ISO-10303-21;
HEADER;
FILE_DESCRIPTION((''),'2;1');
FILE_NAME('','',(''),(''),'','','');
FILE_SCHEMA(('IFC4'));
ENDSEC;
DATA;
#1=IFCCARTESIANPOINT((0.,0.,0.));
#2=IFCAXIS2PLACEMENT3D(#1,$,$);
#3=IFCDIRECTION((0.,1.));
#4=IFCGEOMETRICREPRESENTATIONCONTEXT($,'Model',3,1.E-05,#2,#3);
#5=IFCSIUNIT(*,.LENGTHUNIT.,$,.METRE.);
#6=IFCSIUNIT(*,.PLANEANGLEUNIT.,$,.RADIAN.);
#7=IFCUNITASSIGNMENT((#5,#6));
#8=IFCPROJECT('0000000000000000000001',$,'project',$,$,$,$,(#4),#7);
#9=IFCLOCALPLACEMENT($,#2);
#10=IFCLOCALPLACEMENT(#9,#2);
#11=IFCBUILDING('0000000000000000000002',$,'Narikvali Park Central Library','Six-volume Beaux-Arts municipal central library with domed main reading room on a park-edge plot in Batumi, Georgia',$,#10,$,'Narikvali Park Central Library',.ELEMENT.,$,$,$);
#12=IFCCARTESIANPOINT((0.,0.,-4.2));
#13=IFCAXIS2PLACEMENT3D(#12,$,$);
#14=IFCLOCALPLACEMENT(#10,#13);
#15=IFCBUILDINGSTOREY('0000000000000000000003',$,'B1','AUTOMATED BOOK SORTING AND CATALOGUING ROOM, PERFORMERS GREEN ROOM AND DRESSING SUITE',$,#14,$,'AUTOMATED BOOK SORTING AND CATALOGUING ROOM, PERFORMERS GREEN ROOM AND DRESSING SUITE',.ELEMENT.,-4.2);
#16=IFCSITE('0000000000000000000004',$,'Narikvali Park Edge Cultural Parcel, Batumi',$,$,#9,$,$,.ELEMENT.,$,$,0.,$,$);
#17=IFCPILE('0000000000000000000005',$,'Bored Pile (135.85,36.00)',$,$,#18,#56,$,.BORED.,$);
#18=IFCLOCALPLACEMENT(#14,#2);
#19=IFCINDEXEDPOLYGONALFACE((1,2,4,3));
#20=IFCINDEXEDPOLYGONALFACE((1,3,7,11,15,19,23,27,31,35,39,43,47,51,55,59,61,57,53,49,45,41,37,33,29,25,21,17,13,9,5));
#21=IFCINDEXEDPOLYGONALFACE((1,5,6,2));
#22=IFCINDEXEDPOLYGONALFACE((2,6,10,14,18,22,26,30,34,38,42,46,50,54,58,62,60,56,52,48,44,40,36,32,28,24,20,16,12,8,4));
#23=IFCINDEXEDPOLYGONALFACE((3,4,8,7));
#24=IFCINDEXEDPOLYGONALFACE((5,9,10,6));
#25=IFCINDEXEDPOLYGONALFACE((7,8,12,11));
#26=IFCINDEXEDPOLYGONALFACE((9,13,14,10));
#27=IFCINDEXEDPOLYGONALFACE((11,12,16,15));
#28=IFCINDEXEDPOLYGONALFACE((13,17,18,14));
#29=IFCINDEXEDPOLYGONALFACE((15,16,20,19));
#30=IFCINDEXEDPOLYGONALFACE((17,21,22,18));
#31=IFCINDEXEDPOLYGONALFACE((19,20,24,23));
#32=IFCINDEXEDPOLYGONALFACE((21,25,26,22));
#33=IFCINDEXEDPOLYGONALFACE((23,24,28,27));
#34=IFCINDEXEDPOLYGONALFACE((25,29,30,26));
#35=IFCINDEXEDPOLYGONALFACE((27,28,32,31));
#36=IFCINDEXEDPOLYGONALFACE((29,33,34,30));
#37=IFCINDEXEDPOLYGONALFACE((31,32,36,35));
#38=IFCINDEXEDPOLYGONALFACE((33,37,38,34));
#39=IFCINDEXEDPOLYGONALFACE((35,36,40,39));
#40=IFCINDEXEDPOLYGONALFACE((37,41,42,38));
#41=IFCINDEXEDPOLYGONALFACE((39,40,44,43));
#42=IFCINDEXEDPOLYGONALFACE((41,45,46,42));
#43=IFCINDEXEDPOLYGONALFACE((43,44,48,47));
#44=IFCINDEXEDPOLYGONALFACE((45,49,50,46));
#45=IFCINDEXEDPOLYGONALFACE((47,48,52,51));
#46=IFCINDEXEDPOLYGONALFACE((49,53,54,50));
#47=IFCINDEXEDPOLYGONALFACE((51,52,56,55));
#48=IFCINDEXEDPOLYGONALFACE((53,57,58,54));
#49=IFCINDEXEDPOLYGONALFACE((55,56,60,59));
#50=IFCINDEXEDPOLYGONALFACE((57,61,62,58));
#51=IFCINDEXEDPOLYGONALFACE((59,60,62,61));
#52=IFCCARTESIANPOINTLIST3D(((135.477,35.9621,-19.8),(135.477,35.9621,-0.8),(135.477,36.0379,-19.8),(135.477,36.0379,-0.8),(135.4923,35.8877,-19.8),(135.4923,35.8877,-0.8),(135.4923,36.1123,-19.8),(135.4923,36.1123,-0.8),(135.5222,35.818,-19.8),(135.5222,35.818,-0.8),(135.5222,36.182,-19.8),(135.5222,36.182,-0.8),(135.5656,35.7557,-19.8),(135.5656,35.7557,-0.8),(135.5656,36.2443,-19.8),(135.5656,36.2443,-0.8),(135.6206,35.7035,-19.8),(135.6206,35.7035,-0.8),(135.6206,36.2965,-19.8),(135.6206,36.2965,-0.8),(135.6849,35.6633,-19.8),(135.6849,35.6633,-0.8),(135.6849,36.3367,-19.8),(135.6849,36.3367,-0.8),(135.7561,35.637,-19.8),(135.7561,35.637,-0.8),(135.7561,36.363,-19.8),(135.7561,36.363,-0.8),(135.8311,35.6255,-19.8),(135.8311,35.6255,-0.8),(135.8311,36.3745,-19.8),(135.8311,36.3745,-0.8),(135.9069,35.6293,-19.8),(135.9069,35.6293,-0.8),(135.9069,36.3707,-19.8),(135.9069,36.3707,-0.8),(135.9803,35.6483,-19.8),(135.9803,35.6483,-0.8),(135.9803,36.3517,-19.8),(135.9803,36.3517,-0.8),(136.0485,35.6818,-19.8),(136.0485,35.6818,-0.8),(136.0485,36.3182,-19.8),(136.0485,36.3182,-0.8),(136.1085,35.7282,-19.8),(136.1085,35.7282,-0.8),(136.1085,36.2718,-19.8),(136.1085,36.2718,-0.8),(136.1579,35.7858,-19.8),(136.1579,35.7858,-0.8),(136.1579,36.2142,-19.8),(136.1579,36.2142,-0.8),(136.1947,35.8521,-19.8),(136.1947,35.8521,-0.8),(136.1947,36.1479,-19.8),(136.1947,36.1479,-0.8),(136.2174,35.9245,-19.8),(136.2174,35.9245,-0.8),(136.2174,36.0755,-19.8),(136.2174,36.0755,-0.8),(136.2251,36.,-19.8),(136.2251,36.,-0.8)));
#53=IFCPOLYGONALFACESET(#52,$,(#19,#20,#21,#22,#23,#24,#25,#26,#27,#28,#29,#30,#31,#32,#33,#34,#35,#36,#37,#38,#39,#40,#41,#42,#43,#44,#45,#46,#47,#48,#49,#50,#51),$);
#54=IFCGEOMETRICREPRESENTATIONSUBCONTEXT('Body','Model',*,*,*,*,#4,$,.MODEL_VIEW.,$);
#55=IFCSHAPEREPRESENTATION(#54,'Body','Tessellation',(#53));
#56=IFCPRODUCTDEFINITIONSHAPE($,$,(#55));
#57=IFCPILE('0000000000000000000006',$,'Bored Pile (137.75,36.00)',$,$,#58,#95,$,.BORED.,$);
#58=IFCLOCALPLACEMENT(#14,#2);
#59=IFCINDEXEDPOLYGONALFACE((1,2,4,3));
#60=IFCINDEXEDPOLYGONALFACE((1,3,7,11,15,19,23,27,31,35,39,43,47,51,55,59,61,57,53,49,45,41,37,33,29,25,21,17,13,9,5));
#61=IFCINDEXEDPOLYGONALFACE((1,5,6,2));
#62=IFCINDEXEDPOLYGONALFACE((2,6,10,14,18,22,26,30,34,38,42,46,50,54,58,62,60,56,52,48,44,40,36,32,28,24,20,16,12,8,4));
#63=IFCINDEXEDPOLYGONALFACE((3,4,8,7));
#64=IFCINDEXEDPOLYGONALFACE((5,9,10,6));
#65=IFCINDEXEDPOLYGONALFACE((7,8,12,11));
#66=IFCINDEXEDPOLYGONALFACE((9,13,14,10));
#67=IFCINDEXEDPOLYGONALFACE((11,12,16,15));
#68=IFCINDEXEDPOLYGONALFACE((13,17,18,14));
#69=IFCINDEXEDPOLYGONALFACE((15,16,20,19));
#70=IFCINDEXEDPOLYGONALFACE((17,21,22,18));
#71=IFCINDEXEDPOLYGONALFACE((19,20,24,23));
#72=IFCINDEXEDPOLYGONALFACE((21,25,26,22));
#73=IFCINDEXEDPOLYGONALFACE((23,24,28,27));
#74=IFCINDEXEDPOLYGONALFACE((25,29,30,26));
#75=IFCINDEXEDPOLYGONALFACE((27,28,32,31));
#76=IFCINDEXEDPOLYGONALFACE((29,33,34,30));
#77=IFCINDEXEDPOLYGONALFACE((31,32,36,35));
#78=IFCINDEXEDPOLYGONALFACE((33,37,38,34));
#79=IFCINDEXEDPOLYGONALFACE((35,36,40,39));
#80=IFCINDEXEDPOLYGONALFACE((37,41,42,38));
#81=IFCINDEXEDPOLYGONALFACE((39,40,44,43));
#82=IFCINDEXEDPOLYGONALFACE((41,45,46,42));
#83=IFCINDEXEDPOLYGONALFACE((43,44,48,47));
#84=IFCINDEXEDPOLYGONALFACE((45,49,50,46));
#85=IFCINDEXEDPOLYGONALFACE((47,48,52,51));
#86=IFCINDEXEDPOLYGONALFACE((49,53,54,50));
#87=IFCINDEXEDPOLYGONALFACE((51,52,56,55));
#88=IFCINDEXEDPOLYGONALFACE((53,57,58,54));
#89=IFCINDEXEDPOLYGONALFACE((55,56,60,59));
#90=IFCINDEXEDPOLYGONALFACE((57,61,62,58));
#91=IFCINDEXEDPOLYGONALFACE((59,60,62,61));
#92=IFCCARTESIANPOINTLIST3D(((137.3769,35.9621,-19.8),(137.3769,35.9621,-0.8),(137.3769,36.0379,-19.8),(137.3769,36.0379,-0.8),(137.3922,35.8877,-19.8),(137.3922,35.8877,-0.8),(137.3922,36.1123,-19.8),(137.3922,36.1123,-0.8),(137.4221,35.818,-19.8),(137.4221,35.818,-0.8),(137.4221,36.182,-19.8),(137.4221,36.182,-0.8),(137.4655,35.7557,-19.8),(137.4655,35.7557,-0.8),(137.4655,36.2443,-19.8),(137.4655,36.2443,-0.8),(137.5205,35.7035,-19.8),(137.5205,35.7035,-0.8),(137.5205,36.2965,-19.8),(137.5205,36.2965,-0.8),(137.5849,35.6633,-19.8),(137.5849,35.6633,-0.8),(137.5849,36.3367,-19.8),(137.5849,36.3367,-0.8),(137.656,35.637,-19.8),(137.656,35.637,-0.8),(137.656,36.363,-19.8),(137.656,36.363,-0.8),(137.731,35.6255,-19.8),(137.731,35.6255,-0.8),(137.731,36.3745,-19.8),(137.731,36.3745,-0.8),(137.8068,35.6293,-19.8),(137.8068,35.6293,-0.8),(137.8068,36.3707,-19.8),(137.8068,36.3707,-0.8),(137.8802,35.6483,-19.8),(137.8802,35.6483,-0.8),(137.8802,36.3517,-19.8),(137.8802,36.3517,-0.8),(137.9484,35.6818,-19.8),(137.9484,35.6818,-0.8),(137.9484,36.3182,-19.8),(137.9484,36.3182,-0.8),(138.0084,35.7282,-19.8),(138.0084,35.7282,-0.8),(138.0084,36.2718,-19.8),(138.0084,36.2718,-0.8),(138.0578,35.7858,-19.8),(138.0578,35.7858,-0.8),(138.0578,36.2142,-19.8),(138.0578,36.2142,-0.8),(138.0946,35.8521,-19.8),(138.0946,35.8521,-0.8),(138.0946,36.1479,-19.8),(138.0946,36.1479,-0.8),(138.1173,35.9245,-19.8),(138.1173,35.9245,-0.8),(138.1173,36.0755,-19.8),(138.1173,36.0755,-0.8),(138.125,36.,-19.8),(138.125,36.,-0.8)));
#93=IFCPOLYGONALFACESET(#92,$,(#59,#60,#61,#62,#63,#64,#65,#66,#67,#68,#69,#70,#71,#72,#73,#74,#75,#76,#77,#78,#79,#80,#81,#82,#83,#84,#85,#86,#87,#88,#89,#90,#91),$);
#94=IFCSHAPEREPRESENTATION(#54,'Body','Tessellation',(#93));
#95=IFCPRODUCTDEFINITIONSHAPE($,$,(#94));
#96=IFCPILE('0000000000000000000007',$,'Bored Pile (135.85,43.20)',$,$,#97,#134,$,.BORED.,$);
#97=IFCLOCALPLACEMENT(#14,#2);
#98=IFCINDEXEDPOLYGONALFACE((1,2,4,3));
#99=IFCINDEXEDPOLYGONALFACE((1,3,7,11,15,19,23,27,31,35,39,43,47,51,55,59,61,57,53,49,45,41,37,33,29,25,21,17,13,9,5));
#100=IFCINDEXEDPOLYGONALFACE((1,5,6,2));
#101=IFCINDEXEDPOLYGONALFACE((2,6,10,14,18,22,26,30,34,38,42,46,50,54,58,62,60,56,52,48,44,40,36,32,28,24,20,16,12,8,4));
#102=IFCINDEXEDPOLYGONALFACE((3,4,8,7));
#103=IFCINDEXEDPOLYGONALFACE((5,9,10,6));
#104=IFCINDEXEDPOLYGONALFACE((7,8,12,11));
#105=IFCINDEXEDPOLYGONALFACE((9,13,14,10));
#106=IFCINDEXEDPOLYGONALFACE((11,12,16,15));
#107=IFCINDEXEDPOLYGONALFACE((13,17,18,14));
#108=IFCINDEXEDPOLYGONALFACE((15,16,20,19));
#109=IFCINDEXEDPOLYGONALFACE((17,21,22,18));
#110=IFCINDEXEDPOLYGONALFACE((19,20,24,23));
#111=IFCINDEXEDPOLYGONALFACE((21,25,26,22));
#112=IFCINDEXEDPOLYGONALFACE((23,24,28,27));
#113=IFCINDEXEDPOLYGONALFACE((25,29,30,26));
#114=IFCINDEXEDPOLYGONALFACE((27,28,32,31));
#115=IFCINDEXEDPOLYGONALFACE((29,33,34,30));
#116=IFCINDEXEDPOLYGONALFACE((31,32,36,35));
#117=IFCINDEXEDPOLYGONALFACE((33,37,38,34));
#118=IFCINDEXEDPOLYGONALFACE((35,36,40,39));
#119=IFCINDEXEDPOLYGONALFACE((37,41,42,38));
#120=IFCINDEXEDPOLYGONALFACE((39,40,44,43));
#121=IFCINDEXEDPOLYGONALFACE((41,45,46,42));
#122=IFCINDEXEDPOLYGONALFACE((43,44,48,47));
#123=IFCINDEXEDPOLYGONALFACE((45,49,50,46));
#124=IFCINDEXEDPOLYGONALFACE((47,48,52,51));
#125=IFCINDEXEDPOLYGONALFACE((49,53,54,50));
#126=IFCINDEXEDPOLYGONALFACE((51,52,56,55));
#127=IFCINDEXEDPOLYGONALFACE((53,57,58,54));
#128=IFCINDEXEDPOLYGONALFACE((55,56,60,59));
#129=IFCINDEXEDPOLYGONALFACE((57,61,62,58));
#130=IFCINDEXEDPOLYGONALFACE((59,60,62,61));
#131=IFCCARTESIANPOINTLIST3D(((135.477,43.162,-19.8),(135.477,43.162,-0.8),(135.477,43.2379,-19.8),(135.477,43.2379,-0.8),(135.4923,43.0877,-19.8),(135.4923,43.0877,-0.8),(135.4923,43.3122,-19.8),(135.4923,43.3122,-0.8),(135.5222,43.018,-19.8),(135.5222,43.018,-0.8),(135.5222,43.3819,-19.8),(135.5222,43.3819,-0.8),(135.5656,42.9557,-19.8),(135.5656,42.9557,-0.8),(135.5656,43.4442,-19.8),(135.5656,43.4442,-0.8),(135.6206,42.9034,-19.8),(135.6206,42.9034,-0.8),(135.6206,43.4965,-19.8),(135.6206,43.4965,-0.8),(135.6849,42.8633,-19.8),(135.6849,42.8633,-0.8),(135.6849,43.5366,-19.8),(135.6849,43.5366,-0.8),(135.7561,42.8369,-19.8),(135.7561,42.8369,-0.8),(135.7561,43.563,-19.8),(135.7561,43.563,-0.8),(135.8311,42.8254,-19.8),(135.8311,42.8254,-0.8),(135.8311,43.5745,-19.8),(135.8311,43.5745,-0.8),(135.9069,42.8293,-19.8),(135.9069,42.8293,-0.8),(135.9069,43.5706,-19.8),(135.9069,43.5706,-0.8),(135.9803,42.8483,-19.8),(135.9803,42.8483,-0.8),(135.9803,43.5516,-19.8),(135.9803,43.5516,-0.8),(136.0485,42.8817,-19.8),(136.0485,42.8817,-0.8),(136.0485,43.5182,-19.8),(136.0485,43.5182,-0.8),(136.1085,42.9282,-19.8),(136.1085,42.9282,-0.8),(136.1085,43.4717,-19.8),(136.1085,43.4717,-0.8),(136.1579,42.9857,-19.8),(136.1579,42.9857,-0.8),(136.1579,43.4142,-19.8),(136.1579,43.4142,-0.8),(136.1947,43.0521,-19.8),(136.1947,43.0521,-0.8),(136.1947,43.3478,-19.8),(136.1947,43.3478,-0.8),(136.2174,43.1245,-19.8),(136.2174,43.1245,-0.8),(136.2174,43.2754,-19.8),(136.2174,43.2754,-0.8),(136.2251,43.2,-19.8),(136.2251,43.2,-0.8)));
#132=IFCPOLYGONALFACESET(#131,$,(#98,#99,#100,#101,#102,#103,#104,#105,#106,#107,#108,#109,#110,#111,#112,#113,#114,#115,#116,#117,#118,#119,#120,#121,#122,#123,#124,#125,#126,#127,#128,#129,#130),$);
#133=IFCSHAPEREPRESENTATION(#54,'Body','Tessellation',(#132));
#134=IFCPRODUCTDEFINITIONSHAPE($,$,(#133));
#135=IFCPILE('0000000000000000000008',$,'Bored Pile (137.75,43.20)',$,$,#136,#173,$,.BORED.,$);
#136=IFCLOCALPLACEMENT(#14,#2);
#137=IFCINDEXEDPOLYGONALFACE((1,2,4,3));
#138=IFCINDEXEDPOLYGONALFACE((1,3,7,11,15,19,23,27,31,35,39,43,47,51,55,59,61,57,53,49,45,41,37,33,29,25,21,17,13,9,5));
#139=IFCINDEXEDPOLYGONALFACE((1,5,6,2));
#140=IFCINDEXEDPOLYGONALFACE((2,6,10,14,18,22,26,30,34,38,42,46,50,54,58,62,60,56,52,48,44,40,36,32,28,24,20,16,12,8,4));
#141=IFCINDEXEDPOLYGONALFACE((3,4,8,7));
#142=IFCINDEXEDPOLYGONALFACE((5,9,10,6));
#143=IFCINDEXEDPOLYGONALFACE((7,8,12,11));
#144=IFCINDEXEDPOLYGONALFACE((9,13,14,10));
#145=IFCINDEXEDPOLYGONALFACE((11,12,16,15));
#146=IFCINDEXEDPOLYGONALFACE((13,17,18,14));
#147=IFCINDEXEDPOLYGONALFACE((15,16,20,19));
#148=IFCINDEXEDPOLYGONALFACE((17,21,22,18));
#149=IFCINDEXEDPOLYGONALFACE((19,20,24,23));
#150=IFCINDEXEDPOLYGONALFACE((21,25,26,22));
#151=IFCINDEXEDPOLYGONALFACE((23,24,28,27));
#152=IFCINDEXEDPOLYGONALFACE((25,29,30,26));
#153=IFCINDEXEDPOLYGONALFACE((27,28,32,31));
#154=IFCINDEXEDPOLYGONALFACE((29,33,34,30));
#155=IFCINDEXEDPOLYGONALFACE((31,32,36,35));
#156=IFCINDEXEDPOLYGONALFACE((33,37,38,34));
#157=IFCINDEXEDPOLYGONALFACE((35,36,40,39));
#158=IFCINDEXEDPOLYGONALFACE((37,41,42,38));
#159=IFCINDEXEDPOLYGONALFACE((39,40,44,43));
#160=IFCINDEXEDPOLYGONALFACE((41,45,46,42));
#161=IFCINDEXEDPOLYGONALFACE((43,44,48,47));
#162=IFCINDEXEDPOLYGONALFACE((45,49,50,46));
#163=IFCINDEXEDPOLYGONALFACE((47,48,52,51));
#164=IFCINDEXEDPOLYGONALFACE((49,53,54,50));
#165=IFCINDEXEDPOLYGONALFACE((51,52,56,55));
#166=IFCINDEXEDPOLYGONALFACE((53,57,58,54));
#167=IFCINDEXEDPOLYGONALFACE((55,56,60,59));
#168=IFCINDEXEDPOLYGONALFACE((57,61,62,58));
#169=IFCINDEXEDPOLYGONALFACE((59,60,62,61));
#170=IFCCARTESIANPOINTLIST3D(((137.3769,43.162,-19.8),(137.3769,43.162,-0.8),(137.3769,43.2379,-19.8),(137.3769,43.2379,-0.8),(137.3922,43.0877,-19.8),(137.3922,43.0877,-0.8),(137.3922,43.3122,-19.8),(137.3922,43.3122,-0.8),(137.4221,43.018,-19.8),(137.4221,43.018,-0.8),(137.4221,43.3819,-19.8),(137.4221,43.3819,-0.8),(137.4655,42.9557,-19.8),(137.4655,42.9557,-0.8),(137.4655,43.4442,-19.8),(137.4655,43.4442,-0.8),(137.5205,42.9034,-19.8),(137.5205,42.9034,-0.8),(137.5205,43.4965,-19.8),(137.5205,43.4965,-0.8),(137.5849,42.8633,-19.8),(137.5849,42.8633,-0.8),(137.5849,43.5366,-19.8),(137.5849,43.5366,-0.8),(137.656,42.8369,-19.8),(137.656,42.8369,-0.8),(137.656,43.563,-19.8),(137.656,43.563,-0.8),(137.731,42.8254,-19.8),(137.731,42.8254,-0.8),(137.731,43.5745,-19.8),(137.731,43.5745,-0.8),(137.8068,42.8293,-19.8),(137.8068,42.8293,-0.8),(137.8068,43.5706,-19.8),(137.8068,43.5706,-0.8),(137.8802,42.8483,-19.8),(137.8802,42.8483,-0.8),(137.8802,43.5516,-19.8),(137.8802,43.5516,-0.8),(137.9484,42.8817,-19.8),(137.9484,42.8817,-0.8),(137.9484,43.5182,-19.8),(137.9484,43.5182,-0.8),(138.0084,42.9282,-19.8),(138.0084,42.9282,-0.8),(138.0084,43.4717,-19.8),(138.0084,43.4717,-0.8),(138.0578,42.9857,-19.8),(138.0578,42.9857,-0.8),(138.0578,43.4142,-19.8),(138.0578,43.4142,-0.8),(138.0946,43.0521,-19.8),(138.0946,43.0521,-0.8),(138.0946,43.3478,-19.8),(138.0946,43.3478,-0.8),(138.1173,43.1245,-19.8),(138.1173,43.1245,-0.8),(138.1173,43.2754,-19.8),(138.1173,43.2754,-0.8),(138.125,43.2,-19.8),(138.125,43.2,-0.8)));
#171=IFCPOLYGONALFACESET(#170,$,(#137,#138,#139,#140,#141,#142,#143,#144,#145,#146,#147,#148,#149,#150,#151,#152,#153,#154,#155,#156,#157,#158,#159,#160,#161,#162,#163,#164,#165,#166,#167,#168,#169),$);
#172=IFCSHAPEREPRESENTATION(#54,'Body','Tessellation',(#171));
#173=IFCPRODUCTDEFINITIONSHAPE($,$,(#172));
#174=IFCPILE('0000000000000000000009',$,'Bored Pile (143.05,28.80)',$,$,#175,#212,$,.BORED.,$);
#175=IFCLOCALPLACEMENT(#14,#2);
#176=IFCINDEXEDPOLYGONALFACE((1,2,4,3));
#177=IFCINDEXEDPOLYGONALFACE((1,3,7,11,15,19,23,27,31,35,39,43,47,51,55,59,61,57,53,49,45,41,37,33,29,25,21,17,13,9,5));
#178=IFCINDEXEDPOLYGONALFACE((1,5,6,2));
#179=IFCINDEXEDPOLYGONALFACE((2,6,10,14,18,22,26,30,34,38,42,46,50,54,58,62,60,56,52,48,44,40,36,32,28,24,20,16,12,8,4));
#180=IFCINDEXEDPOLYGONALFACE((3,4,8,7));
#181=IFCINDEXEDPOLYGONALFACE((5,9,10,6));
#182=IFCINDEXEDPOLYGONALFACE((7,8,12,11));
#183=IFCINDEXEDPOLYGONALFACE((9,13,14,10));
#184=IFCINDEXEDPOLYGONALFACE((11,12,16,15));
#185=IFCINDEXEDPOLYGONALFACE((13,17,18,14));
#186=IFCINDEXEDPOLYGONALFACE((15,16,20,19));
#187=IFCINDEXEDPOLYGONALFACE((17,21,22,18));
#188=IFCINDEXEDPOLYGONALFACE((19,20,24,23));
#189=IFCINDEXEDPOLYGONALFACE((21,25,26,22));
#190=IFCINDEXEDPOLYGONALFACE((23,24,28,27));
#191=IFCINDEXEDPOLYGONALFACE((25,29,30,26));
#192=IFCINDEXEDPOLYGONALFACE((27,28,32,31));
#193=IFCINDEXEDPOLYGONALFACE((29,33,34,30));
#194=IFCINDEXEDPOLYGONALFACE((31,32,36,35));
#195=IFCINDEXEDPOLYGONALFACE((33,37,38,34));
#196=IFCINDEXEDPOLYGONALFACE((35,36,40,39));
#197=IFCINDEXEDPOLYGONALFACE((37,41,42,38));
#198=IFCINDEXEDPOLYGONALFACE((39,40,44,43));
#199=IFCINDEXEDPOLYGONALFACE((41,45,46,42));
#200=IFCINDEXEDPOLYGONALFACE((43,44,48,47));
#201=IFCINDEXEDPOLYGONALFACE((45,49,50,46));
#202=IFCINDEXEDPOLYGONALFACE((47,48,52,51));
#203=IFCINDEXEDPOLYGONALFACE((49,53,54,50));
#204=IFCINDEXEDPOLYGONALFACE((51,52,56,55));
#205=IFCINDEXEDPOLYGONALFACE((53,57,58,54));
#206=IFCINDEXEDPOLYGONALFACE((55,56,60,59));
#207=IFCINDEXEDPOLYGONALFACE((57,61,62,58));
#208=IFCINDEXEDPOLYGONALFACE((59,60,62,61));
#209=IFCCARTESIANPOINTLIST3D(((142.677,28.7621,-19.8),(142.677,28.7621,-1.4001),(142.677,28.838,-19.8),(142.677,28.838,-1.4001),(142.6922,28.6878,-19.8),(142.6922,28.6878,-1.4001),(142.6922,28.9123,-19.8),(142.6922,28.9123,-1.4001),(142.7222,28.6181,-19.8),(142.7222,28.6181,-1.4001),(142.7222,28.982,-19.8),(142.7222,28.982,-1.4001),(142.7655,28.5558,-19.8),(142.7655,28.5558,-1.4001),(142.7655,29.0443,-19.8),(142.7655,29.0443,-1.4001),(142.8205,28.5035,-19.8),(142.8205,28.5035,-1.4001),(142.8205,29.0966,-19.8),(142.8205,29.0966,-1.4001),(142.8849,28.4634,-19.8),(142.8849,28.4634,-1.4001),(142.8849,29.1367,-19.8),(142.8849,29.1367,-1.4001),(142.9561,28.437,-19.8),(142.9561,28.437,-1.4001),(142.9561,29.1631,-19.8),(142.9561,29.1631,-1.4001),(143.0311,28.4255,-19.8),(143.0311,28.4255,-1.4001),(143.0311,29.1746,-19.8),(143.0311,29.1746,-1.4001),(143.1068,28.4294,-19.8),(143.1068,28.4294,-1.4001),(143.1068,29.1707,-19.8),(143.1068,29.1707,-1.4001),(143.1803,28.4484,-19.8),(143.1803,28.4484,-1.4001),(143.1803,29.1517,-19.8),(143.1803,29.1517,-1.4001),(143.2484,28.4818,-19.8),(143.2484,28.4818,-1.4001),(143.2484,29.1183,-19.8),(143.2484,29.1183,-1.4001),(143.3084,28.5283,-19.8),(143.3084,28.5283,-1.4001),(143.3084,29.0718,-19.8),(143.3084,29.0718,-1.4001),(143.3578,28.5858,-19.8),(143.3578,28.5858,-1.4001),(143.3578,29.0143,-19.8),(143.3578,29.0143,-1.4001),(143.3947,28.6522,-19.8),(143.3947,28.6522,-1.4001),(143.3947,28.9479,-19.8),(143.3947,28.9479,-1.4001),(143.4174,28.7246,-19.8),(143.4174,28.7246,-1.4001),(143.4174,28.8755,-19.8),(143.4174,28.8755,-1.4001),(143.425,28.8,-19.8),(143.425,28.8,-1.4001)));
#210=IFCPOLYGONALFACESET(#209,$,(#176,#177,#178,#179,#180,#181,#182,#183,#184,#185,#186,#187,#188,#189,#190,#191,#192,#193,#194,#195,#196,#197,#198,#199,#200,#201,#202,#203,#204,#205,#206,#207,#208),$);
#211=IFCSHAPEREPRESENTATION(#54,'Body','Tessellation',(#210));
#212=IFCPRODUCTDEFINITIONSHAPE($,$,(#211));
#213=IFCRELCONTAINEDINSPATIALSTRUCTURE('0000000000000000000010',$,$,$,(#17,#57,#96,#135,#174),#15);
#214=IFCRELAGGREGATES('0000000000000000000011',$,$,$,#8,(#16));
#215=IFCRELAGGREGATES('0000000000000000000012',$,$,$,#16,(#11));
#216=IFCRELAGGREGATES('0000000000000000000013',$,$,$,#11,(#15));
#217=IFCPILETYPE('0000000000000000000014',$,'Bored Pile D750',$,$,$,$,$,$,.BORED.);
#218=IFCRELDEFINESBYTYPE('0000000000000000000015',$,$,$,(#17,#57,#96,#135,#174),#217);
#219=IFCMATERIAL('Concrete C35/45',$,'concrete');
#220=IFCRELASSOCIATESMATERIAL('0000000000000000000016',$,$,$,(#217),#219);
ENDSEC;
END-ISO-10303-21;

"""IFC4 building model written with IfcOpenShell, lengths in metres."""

from ifc_helpers import new_model, si_unit, direction, frame, origin, origin_2d, place, context, subcontext, project, spatial, circle, extrude, material, material_profile, profile_set, type_object, element, save


model = new_model("IFC4")

# Units and contexts
model_context = context("Model", 3, precision=1e-05, world=origin(), true_north=direction((0.0, 1.0)))
body_context = subcontext(model_context, "Body", "Model", "MODEL_VIEW")
ifc_project = project(units=[si_unit("LENGTHUNIT", "METRE"), si_unit("PLANEANGLEUNIT", "RADIAN")], contexts=[model_context])

# Site, building, storey
site_placement = place(None, origin())
site = spatial("IfcSite", under=ifc_project, at=site_placement, Name="Narikvali Park Edge Cultural Parcel, Batumi", CompositionType="ELEMENT", RefElevation=0.0)
building_placement = place(site_placement, origin())
building = spatial("IfcBuilding", under=site, at=building_placement, Name="Narikvali Park Central Library", Description="Six-volume Beaux-Arts municipal central library with domed main reading room on a park-edge plot in Batumi, Georgia", LongName="Narikvali Park Central Library", CompositionType="ELEMENT")
storey_placement = place(building_placement, frame((0.0, 0.0, -4.2)))
storey = spatial("IfcBuildingStorey", under=building, at=storey_placement, Name="B1", Description="AUTOMATED BOOK SORTING AND CATALOGUING ROOM, PERFORMERS GREEN ROOM AND DRESSING SUITE", LongName="AUTOMATED BOOK SORTING AND CATALOGUING ROOM, PERFORMERS GREEN ROOM AND DRESSING SUITE", CompositionType="ELEMENT", Elevation=-4.2)

# Piles
ifc_material_1 = material(Name="Concrete C35/45", Category="concrete")
ifc_material_profile_1 = material_profile(ifc_material_1, circle(Radius=0.375, at=origin_2d()), Name="PILE D750")
ifc_profile_set_1 = profile_set([ifc_material_profile_1], Name="Concrete C35/45")
pile_type = type_object("IfcPileType", Name="Bored Pile D750", PredefinedType="BORED", material=ifc_profile_set_1)
for number, where, z_axis, x_axis, name in (
    (1, (135.8501, 36.0, -0.8), (0.0, 0.0, -1.0), (1.0, 0.0, 0.0), "Bored Pile (135.85,36.00)"),
    (2, (137.75, 36.0, -0.8), (0.0, 0.0, -1.0), (1.0, 0.0, 0.0), "Bored Pile (137.75,36.00)"),
    (3, (135.8501, 43.2, -0.8), (0.0, 0.0, -1.0), (1.0, 0.0, 0.0), "Bored Pile (135.85,43.20)"),
    (4, (137.75, 43.2, -0.8), (0.0, 0.0, -1.0), (1.0, 0.0, 0.0), "Bored Pile (137.75,43.20)"),
):
    element("IfcPile", number, at=place(storey_placement, frame(where, z_axis=z_axis, x_axis=x_axis)), inside=storey, type_object=pile_type, Name=name, PredefinedType="BORED", context=body_context, shape_type="SweptSolid", body=[
        extrude(circle(Radius=0.375, at=origin_2d()), origin(), (0.0, 0.0, 1.0), 19.0),
    ])
for number, where, z_axis, x_axis, name in (
    (5, (143.05, 28.8, -1.4001), (0.0, 0.0, -1.0), (1.0, 0.0, 0.0), "Bored Pile (143.05,28.80)"),
):
    element("IfcPile", number, at=place(storey_placement, frame(where, z_axis=z_axis, x_axis=x_axis)), inside=storey, type_object=pile_type, Name=name, PredefinedType="BORED", context=body_context, shape_type="SweptSolid", body=[
        extrude(circle(Radius=0.375, at=origin_2d()), origin(), (0.0, 0.0, 1.0), 18.3999),
    ])

save(model, "model.ifc")
